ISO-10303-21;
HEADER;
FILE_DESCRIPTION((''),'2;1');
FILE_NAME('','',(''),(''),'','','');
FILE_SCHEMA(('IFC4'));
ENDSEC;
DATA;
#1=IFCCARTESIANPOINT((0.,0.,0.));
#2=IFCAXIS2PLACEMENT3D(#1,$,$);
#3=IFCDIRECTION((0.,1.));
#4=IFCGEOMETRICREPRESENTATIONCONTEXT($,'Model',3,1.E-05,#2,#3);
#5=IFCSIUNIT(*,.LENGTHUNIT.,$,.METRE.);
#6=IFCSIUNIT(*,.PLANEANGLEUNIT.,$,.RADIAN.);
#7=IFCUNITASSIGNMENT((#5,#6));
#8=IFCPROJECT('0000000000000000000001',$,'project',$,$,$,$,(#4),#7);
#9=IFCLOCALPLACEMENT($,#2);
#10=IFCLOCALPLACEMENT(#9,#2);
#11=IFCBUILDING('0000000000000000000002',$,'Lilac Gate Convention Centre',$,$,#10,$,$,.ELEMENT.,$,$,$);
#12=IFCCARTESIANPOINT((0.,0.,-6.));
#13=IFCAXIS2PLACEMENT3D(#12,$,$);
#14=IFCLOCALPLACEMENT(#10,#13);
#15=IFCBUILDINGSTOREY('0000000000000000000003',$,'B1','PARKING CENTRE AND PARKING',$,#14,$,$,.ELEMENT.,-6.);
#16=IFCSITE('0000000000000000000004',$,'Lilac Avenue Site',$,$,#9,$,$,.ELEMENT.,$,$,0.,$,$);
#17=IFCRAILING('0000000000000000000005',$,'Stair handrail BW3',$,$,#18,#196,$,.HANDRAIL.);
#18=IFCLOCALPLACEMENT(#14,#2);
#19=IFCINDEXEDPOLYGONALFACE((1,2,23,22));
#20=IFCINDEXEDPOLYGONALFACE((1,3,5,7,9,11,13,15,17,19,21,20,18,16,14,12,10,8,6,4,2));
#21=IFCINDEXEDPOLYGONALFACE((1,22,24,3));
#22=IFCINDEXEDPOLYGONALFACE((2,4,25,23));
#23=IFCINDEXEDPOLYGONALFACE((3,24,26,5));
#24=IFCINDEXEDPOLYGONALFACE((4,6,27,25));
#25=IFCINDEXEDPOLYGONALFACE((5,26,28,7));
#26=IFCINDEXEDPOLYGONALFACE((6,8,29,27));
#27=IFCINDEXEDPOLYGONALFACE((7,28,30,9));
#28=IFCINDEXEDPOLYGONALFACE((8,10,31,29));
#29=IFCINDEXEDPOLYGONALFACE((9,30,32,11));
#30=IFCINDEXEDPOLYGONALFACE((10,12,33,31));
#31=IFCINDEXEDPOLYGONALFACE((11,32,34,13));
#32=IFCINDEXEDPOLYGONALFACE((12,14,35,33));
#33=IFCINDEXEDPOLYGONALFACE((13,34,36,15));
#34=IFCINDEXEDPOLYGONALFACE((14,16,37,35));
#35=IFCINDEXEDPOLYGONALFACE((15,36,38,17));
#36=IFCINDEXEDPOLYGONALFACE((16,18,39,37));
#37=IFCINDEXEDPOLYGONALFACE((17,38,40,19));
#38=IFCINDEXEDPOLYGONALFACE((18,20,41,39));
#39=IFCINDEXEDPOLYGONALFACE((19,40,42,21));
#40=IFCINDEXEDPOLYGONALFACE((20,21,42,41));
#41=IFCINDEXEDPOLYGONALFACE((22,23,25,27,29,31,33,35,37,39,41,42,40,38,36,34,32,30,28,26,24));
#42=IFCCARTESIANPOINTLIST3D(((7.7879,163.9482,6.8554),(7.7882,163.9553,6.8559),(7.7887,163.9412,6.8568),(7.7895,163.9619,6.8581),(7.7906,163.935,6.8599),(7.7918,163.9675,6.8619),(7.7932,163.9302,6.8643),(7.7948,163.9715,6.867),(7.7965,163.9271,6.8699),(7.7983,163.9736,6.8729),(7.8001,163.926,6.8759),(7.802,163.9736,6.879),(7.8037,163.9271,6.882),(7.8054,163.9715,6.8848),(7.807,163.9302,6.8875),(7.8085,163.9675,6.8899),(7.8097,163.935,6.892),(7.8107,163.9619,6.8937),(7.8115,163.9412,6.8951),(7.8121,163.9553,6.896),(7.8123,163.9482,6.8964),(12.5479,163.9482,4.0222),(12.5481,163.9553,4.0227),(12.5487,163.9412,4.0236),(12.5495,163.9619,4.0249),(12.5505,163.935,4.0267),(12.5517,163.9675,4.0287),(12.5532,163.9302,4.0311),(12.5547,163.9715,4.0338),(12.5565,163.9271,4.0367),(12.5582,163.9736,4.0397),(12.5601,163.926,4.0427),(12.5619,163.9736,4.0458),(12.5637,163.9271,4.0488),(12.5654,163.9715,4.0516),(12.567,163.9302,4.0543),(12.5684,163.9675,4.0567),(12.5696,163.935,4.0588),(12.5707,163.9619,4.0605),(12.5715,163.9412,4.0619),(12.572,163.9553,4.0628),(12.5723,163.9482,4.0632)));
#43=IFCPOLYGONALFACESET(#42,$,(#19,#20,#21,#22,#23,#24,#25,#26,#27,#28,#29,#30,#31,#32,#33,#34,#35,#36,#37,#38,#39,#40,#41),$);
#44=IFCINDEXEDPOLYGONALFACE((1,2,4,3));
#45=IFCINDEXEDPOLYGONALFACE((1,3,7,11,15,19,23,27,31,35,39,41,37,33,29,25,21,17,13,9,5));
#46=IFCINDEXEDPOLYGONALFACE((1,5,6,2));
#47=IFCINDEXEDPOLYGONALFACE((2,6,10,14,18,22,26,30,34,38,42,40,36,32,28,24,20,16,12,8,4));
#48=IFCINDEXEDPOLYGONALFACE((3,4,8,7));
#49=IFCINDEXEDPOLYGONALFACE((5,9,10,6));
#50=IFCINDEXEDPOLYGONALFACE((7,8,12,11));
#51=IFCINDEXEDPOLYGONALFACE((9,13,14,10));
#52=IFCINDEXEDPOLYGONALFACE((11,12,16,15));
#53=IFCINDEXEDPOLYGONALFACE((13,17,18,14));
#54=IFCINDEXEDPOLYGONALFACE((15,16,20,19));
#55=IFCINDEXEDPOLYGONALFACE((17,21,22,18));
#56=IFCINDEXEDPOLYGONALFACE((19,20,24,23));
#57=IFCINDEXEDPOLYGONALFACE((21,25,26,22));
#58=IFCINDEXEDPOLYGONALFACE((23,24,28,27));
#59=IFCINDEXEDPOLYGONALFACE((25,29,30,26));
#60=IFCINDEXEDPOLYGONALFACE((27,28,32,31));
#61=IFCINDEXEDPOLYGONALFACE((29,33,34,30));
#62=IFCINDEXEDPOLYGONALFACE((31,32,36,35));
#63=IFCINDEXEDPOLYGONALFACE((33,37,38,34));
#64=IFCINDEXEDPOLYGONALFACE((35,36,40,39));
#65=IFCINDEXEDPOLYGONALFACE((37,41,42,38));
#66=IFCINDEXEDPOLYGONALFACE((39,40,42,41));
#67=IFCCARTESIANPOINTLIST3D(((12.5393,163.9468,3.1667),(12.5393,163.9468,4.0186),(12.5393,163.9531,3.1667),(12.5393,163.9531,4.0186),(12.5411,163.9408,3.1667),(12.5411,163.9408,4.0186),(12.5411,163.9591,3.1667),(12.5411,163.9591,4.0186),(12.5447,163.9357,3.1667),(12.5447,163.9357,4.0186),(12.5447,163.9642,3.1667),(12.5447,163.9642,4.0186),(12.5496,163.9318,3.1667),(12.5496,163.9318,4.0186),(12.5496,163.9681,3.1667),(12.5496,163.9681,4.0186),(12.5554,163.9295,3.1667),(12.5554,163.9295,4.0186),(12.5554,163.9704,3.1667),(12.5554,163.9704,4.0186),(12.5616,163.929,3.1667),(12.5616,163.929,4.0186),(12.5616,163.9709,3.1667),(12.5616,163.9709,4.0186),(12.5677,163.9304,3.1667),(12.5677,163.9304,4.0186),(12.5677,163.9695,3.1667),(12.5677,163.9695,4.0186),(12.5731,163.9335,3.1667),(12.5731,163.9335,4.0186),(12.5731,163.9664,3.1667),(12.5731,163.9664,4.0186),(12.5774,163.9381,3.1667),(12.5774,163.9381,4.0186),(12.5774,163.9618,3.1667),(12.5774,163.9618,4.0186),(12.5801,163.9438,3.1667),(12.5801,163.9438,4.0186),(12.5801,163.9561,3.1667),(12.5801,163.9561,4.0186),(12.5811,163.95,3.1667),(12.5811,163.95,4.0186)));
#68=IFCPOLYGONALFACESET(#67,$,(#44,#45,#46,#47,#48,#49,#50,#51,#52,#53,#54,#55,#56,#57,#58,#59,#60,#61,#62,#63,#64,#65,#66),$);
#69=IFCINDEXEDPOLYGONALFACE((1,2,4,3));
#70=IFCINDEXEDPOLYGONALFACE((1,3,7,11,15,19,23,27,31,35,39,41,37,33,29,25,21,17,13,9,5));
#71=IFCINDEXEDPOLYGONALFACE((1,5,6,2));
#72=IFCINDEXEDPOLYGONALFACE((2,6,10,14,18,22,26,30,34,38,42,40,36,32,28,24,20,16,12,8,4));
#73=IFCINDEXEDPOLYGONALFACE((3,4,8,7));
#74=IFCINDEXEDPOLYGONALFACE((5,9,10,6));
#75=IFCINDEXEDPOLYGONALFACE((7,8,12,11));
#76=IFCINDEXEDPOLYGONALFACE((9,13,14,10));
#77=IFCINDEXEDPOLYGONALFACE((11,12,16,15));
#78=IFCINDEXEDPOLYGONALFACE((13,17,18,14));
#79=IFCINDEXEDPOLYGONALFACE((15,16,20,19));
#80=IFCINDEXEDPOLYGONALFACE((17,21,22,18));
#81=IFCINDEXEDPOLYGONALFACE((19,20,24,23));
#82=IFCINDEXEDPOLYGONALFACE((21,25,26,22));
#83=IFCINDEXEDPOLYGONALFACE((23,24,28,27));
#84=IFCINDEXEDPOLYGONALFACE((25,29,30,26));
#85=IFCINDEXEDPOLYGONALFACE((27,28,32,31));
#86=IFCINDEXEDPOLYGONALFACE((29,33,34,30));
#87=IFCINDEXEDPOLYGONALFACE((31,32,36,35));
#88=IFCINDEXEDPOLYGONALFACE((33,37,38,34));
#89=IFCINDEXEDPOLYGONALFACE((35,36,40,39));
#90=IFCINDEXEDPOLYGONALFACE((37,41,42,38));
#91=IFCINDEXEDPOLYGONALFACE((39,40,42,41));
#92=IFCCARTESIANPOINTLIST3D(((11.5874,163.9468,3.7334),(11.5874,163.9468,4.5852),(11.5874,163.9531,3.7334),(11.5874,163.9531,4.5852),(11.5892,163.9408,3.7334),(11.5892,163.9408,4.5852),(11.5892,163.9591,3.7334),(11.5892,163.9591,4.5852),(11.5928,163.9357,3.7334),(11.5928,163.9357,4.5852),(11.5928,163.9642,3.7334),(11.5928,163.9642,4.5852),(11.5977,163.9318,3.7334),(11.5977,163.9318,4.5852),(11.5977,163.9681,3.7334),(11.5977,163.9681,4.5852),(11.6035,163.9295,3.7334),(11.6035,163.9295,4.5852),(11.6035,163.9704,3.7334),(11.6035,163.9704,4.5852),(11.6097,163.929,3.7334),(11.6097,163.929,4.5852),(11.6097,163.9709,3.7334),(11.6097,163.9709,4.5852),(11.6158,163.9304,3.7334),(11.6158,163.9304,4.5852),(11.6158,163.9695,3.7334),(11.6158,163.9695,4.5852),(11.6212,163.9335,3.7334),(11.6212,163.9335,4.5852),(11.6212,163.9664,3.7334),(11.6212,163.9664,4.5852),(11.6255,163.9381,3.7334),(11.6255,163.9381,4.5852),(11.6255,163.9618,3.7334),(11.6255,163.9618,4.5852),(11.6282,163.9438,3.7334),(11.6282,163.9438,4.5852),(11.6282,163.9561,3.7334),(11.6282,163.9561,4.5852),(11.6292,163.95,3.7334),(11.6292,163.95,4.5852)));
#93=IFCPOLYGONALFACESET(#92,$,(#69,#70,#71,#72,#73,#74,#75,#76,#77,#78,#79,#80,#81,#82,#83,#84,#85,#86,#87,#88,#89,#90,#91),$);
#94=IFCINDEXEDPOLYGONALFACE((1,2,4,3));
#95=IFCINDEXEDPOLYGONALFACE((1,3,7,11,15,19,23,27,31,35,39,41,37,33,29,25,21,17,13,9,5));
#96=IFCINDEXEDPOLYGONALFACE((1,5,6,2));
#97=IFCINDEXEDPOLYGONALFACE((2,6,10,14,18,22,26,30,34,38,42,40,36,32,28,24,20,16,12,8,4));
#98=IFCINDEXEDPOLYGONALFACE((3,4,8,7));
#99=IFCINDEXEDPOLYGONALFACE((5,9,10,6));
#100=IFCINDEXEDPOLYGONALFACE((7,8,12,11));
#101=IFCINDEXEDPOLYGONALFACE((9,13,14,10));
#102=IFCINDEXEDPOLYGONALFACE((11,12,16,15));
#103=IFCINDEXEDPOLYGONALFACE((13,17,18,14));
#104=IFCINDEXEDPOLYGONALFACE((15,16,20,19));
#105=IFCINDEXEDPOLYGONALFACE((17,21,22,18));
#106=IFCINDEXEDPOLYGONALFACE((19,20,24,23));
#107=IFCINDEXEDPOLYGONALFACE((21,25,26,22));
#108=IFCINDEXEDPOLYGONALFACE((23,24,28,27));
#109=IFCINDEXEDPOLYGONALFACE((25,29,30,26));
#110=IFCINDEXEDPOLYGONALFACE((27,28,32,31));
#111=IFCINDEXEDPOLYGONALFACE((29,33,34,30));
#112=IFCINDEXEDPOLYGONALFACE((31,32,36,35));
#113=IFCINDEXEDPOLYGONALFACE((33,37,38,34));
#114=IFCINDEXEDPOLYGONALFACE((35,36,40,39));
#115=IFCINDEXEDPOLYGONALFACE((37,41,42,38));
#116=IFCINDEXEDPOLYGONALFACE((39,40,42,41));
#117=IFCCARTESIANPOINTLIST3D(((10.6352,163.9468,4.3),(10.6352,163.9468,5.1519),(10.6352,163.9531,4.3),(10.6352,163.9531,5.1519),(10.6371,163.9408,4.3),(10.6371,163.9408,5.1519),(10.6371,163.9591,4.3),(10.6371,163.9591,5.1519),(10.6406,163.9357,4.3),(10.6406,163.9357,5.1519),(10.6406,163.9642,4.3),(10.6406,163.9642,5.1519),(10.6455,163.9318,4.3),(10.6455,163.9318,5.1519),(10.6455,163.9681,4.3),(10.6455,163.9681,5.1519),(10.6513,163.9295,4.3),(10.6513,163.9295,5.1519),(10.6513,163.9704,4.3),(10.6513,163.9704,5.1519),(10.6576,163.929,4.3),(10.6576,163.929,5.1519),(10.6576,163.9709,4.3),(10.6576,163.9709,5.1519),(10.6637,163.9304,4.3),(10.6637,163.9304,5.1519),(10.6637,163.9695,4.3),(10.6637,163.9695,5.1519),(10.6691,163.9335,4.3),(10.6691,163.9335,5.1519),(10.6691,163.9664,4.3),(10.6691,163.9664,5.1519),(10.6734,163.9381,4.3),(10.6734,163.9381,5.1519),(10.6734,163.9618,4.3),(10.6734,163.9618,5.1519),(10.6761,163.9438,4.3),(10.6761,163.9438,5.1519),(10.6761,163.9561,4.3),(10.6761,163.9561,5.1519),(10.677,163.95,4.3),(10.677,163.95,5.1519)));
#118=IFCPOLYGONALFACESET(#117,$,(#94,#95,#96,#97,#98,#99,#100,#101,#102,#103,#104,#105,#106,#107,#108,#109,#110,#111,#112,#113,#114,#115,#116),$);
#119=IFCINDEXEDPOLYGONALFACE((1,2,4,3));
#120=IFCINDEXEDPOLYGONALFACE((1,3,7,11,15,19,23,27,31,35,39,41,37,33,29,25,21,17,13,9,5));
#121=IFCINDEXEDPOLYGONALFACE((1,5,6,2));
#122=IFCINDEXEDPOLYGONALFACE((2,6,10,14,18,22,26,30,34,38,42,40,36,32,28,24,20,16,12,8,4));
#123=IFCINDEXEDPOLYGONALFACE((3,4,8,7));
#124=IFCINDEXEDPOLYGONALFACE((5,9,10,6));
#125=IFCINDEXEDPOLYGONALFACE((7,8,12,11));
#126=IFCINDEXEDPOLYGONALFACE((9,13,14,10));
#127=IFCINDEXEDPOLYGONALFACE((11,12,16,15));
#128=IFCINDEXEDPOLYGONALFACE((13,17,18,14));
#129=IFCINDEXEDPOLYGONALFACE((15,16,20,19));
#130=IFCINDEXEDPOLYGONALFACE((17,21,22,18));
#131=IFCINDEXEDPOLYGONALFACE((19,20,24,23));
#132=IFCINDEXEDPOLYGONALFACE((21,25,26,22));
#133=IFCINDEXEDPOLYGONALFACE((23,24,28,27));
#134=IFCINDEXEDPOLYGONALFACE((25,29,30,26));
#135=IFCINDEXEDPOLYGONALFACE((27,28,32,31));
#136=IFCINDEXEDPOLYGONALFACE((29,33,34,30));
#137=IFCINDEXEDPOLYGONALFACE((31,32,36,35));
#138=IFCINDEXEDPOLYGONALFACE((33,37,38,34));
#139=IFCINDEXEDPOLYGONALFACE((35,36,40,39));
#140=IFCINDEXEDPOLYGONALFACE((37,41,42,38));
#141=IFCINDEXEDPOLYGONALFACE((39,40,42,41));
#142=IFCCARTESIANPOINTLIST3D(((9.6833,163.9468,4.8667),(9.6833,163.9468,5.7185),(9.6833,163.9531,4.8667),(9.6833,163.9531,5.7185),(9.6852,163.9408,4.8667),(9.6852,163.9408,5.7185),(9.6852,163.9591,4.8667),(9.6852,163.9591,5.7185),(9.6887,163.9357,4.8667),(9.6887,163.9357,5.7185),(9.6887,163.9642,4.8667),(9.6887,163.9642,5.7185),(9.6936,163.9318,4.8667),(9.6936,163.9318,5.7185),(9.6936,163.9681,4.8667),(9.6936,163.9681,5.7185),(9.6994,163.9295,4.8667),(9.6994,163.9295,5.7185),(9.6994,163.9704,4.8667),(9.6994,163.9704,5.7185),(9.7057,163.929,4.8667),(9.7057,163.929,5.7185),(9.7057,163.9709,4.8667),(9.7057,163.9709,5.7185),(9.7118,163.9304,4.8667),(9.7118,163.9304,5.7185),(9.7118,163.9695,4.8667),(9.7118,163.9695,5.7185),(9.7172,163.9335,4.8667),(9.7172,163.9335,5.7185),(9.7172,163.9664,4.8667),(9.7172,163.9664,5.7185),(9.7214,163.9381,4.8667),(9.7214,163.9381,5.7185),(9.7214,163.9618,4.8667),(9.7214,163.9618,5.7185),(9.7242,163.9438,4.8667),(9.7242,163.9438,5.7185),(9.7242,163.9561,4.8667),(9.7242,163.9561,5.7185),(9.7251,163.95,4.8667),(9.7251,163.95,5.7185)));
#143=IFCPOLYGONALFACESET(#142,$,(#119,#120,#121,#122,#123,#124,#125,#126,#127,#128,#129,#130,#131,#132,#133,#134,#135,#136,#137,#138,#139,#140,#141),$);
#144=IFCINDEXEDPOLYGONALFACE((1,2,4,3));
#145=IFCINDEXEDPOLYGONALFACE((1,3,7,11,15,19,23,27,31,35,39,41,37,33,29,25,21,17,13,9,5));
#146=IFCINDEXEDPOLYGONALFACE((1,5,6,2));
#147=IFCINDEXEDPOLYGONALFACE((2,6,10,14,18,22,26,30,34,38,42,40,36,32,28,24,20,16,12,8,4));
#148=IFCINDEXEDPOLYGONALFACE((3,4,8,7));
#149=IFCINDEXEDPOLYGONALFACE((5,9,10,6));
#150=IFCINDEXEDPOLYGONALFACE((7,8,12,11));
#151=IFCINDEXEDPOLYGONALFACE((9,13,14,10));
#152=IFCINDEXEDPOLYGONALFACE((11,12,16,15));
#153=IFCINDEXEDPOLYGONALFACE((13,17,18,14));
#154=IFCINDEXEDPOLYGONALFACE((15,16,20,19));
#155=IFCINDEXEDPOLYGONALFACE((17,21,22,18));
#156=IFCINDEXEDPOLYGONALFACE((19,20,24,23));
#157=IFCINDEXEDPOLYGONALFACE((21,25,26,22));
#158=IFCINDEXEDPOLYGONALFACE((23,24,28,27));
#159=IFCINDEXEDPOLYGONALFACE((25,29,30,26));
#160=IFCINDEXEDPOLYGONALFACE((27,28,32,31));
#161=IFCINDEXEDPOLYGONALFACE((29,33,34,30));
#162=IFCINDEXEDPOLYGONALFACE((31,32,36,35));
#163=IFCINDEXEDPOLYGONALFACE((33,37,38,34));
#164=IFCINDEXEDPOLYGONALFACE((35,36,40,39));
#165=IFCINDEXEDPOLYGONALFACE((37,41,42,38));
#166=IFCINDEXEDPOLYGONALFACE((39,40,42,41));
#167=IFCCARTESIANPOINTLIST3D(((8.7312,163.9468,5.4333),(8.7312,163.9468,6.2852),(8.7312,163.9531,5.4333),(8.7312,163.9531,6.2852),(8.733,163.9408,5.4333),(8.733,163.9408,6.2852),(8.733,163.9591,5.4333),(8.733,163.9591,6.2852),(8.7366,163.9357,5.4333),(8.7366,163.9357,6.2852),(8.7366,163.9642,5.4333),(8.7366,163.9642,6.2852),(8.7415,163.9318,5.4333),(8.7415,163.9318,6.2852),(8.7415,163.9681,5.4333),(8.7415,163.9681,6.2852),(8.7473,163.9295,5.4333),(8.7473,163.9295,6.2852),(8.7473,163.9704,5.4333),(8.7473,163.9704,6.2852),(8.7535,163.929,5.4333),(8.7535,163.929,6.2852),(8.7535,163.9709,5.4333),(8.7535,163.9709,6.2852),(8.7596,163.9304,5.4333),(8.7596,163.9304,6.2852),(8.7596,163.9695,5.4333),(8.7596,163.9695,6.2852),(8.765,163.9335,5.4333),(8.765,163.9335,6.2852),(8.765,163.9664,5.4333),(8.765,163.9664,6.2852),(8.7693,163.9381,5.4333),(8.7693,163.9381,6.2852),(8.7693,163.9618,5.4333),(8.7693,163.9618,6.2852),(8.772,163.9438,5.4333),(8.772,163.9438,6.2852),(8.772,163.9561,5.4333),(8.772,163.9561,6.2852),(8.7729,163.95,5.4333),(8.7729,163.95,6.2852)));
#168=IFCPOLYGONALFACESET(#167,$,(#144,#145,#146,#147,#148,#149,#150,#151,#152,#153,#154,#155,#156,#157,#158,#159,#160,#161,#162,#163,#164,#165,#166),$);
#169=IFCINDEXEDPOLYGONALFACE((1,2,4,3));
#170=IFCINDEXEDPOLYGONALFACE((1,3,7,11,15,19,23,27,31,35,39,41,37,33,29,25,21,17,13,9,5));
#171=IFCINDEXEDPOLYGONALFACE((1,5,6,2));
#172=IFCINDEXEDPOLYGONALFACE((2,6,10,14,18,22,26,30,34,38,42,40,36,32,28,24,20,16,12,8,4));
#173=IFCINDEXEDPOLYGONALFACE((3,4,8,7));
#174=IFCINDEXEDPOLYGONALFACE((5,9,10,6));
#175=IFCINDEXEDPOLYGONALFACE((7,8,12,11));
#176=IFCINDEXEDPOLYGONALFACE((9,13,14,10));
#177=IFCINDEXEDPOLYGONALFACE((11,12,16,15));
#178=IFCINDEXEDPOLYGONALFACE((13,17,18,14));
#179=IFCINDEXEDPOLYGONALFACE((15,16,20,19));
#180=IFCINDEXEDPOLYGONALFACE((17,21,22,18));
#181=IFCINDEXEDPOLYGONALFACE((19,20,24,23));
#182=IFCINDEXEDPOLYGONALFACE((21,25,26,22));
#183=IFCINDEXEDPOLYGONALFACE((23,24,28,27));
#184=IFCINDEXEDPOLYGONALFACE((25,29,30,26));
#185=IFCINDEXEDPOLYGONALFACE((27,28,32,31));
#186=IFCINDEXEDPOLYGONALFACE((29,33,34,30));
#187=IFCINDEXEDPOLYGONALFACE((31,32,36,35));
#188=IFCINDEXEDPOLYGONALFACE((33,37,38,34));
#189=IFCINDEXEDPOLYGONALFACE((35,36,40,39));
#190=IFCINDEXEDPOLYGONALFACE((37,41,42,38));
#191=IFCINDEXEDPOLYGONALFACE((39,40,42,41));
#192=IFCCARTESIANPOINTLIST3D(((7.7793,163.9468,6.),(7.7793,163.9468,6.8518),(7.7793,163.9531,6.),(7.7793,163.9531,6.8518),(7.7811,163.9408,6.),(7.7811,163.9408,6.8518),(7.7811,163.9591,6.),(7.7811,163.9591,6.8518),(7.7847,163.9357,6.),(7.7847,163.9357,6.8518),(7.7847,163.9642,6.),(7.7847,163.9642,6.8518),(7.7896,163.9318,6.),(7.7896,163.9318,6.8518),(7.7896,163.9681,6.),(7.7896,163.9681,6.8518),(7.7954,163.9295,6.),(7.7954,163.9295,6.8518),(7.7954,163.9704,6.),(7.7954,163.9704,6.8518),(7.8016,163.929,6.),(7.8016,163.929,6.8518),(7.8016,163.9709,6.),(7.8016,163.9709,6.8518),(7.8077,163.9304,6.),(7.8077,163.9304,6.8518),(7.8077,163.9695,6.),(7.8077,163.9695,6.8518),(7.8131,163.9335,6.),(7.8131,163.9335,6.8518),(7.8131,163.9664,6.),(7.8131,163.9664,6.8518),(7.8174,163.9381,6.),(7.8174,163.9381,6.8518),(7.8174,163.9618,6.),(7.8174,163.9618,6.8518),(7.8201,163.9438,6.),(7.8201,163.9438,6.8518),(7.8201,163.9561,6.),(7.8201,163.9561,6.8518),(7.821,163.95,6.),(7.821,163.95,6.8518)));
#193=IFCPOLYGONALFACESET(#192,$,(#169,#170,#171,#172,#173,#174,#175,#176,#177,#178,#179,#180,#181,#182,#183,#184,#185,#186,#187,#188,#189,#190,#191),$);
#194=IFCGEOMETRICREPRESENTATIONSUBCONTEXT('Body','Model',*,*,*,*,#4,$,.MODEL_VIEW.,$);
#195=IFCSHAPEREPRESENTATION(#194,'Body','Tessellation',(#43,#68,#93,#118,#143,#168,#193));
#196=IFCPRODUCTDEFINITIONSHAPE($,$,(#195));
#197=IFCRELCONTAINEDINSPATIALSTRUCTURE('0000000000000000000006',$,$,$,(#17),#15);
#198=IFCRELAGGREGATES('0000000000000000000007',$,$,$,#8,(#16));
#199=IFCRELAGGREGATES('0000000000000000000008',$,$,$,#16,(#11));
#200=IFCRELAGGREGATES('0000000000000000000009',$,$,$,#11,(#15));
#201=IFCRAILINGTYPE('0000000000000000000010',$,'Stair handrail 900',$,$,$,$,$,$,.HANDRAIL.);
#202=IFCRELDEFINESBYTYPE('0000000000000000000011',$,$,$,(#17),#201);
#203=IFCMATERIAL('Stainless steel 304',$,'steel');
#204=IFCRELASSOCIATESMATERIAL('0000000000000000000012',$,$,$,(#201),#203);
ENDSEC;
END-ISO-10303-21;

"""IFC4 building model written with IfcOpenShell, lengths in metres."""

from ifc_helpers import new_model, si_unit, direction, frame, origin, origin_2d, place, context, subcontext, project, spatial, circle, extrude, material, type_object, element, save


model = new_model("IFC4")

# Units and contexts
model_context = context("Model", 3, precision=1e-05, world=origin(), true_north=direction((0.0, 1.0)))
body_context = subcontext(model_context, "Body", "Model", "MODEL_VIEW")
ifc_project = project(units=[si_unit("LENGTHUNIT", "METRE"), si_unit("PLANEANGLEUNIT", "RADIAN")], contexts=[model_context])

# Site, building, storey
site_placement = place(None, origin())
site = spatial("IfcSite", under=ifc_project, at=site_placement, Name="Lilac Avenue Site", CompositionType="ELEMENT", RefElevation=0.0)
building_placement = place(site_placement, origin())
building = spatial("IfcBuilding", under=site, at=building_placement, Name="Lilac Gate Convention Centre", CompositionType="ELEMENT")
storey_placement = place(building_placement, frame((0.0, 0.0, -6.0)))
storey = spatial("IfcBuildingStorey", under=building, at=storey_placement, Name="B1", Description="PARKING CENTRE AND PARKING", CompositionType="ELEMENT", Elevation=-6.0)

# Railing
ifc_material_1 = material(Name="Stainless steel 304", Category="steel")
railing_type = type_object("IfcRailingType", Name="Stair handrail 900", PredefinedType="HANDRAIL", material=ifc_material_1)
for number, where, name in (
    (1, (12.5601, 163.95, 3.1667), "Stair handrail BW3"),
):
    element("IfcRailing", number, at=place(storey_placement, frame(where)), inside=storey, type_object=railing_type, Name=name, PredefinedType="HANDRAIL", context=body_context, shape_type="SweptSolid", body=[
        extrude(circle(Radius=0.0239, at=origin_2d()), frame((0.0, 0.0, 0.876), z_axis=(-0.8593, 0.0, 0.511472), x_axis=(0.0, -1.0, 0.0)), (0.0, 0.0, 1.0), 5.5393),
        extrude(circle(Radius=0.021, at=origin_2d()), origin(), (0.0, 0.0, 1.0), 0.8518),
        extrude(circle(Radius=0.021, at=origin_2d()), frame((-0.9519, 0.0, 0.5667)), (0.0, 0.0, 1.0), 0.8518),
        extrude(circle(Radius=0.021, at=origin_2d()), frame((-1.9041, 0.0, 1.1333)), (0.0, 0.0, 1.0), 0.8518),
        extrude(circle(Radius=0.021, at=origin_2d()), frame((-2.856, 0.0, 1.7)), (0.0, 0.0, 1.0), 0.8518),
        extrude(circle(Radius=0.021, at=origin_2d()), frame((-3.8081, 0.0, 2.2666)), (0.0, 0.0, 1.0), 0.8518),
        extrude(circle(Radius=0.021, at=origin_2d()), frame((-4.76, 0.0, 2.8333)), (0.0, 0.0, 1.0), 0.8518),
    ])

save(model, "model.ifc")
